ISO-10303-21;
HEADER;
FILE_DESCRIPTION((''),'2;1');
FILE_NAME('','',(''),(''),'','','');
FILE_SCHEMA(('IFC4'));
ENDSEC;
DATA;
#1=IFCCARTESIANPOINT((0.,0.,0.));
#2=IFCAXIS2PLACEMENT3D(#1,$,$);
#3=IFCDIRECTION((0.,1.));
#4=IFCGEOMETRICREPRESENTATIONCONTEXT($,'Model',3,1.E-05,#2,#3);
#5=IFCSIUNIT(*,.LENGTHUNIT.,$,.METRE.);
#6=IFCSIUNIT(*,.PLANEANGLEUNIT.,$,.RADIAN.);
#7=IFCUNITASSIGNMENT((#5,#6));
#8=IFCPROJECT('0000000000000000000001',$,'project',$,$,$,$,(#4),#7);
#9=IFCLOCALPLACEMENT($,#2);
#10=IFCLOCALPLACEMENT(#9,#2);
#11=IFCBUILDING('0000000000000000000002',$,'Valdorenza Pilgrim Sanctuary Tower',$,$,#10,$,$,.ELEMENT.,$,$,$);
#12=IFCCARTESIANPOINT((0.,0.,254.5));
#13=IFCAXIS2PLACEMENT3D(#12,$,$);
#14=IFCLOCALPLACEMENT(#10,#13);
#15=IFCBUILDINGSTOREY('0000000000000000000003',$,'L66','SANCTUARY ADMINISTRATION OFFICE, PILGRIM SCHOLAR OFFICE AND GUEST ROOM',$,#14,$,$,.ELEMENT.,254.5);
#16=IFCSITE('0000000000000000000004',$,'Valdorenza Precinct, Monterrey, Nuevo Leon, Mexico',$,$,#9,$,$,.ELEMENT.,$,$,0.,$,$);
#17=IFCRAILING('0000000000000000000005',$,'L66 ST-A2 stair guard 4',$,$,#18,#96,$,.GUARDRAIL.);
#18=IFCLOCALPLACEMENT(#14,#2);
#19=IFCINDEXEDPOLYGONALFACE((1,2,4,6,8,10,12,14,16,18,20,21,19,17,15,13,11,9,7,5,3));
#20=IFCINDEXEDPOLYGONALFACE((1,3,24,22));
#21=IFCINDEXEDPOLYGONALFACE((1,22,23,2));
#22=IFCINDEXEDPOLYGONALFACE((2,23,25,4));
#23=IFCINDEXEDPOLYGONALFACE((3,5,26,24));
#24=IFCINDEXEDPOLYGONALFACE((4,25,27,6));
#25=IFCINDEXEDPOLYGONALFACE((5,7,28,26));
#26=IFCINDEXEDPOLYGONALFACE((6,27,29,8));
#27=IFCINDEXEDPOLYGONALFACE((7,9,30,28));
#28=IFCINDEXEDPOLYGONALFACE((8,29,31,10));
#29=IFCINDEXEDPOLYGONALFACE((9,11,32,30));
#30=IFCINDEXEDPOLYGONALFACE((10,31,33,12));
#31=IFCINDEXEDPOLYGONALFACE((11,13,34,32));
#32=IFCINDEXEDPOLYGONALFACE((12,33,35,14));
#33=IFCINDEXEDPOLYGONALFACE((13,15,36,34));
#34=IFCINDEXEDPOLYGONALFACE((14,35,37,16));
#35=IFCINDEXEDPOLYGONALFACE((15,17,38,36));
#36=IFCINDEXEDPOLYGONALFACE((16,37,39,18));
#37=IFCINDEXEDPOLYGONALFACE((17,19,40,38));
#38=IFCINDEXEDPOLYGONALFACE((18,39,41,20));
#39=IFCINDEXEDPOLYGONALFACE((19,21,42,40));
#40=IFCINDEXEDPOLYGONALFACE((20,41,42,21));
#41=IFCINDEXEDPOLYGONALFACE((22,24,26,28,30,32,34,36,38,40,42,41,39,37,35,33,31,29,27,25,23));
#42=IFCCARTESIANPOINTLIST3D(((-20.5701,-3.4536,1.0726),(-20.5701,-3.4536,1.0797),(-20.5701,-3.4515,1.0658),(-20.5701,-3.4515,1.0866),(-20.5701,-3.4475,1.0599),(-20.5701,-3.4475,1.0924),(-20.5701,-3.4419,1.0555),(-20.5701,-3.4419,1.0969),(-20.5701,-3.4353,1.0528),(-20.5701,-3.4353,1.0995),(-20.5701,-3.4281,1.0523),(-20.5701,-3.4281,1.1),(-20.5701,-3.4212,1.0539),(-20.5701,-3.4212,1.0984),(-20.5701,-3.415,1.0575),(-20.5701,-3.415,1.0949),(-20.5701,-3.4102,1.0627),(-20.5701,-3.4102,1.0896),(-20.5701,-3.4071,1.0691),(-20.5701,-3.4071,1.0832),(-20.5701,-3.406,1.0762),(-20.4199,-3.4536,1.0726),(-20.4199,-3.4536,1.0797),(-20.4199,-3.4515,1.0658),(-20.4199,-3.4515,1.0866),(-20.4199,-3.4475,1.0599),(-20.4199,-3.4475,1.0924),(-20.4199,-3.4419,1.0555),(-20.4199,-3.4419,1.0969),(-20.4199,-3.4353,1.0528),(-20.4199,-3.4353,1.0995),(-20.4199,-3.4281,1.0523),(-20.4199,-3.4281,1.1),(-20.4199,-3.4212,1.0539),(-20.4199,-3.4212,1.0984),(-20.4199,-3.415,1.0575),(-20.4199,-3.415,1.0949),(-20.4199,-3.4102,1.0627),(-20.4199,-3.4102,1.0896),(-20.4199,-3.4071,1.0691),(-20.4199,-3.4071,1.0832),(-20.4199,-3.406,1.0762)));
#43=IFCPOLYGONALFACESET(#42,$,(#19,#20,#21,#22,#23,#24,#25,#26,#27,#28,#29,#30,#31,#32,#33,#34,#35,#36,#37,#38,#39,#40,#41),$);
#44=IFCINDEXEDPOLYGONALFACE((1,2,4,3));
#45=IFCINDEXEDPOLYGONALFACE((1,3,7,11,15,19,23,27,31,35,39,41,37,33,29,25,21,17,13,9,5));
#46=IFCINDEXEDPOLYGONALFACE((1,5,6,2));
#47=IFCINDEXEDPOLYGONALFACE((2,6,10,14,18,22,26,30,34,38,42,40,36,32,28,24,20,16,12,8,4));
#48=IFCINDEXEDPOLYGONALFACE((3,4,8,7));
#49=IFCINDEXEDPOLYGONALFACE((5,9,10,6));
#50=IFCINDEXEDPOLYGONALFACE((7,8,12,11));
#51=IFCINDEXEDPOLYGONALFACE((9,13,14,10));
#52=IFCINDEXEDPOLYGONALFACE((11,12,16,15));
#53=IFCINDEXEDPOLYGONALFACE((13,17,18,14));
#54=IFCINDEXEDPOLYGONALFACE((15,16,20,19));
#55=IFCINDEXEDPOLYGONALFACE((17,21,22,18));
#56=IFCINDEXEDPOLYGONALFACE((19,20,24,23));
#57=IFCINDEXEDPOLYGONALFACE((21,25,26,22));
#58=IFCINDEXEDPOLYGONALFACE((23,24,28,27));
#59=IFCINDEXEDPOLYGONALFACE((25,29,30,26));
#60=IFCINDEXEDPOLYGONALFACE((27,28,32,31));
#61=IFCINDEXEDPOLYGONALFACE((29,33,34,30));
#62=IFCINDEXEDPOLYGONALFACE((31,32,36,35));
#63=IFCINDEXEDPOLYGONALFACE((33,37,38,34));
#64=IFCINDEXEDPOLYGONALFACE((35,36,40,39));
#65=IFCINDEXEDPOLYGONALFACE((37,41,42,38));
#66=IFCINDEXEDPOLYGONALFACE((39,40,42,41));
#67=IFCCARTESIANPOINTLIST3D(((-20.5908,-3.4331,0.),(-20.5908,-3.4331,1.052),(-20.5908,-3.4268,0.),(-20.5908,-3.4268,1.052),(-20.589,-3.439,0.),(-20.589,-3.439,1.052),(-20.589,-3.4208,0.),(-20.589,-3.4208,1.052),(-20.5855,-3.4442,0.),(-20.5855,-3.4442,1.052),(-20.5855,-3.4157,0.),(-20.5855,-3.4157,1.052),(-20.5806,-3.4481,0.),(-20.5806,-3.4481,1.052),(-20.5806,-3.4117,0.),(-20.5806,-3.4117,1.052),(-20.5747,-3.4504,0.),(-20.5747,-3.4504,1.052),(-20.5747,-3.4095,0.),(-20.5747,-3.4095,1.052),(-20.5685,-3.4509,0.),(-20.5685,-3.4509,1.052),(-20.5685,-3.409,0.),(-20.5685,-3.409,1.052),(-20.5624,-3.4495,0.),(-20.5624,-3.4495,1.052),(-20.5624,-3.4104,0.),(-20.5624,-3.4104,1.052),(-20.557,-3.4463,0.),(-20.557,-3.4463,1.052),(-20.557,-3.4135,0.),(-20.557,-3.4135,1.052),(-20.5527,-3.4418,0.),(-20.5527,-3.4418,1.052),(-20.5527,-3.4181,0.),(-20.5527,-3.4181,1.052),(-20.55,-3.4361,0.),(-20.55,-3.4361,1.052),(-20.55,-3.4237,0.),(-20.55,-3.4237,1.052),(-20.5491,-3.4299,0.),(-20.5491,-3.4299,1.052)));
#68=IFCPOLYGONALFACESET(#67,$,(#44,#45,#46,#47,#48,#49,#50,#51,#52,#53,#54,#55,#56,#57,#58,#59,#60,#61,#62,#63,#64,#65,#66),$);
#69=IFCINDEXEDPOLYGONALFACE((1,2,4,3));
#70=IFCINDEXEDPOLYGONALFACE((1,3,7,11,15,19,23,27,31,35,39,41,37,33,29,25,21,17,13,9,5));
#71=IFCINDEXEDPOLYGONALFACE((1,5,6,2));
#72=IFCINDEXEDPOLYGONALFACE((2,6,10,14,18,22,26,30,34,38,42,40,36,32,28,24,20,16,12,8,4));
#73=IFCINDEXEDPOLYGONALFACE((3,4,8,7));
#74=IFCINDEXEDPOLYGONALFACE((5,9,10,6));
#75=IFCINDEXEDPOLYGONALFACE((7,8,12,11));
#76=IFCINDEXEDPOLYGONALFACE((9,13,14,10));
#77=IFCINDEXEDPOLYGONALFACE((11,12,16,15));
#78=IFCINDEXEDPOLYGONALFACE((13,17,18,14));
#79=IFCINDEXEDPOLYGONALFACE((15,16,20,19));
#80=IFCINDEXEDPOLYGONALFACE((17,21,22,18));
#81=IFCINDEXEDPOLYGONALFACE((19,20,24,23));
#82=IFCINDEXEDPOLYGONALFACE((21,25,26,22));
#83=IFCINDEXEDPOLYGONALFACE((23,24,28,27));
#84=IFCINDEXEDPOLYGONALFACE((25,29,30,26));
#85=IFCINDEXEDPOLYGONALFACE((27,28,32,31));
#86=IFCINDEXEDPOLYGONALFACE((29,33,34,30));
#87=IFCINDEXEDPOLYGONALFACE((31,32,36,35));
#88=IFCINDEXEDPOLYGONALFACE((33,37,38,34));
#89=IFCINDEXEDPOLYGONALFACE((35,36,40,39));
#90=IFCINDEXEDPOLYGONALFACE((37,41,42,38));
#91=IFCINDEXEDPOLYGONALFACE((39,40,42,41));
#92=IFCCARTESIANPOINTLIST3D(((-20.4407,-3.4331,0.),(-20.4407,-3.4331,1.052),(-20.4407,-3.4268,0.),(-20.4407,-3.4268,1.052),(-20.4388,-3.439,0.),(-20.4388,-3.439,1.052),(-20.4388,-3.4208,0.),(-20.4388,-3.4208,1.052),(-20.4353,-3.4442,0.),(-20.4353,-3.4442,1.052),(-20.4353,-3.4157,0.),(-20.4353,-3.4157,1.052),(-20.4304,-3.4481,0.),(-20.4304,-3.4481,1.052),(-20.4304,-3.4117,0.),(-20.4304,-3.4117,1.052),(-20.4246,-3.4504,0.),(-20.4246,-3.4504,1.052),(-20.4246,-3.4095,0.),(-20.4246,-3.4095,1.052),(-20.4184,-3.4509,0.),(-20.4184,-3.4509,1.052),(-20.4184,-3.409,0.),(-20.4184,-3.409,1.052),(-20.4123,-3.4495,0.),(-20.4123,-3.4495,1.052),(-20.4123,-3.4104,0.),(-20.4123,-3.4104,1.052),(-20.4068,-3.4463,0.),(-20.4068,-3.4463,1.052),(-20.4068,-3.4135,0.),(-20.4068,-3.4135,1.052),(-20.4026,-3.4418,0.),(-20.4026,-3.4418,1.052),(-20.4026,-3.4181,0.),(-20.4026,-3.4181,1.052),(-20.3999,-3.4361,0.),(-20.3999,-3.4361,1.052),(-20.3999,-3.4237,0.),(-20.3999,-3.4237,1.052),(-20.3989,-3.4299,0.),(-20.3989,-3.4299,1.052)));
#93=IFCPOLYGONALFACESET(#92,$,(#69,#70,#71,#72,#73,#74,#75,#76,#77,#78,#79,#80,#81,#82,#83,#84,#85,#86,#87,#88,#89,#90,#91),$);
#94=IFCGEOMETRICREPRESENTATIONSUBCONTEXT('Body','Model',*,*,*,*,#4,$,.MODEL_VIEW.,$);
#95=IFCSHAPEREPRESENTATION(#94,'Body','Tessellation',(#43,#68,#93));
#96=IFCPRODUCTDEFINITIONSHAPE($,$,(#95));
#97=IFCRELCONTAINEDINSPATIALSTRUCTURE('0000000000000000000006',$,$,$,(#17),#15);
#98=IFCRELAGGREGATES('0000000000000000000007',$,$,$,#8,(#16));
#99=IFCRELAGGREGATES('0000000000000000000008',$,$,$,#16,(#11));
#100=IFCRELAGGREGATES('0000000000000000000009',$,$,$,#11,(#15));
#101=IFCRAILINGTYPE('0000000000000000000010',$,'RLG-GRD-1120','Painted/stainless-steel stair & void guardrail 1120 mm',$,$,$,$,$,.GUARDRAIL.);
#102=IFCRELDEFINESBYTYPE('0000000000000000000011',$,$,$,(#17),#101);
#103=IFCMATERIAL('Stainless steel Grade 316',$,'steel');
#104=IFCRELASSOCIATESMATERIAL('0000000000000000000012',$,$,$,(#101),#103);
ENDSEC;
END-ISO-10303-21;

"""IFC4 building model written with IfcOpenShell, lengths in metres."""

from ifc_helpers import new_model, si_unit, direction, frame, origin, origin_2d, place, context, subcontext, project, spatial, circle, extrude, material, type_object, element, save


model = new_model("IFC4")

# Units and contexts
model_context = context("Model", 3, precision=1e-05, world=origin(), true_north=direction((0.0, 1.0)))
body_context = subcontext(model_context, "Body", "Model", "MODEL_VIEW")
ifc_project = project(units=[si_unit("LENGTHUNIT", "METRE"), si_unit("PLANEANGLEUNIT", "RADIAN")], contexts=[model_context])

# Site, building, storey
site_placement = place(None, origin())
site = spatial("IfcSite", under=ifc_project, at=site_placement, Name="Valdorenza Precinct, Monterrey, Nuevo Leon, Mexico", CompositionType="ELEMENT", RefElevation=0.0)
building_placement = place(site_placement, origin())
building = spatial("IfcBuilding", under=site, at=building_placement, Name="Valdorenza Pilgrim Sanctuary Tower", CompositionType="ELEMENT")
storey_placement = place(building_placement, frame((0.0, 0.0, 254.5)))
storey = spatial("IfcBuildingStorey", under=building, at=storey_placement, Name="L66", Description="SANCTUARY ADMINISTRATION OFFICE, PILGRIM SCHOLAR OFFICE AND GUEST ROOM", CompositionType="ELEMENT", Elevation=254.5)

# Railing
ifc_material_1 = material(Name="Stainless steel Grade 316", Category="steel")
railing_type_1 = type_object("IfcRailingType", Name="RLG-GRD-1120", Description="Painted/stainless-steel stair & void guardrail 1120 mm", PredefinedType="GUARDRAIL", material=ifc_material_1)
railing_1_placement = place(storey_placement, frame((-20.5701, -3.4299, 0.0)))
element("IfcRailing", 1, at=railing_1_placement, inside=storey, type_object=railing_type_1, Name="L66 ST-A2 stair guard 4", PredefinedType="GUARDRAIL", context=body_context, shape_type="SweptSolid", body=[
    extrude(circle(Radius=0.0239, at=origin_2d()), frame((0.0, 0.0, 1.0762), z_axis=(1.0, 0.0, 0.0), x_axis=(0.0, 1.0, 0.0)), (0.0, 0.0, 1.0), 0.1501),
    extrude(circle(Radius=0.021, at=origin_2d()), origin(), (0.0, 0.0, 1.0), 1.052),
    extrude(circle(Radius=0.021, at=origin_2d()), frame((0.1501, 0.0, 0.0)), (0.0, 0.0, 1.0), 1.052),
])

save(model, "model.ifc")
